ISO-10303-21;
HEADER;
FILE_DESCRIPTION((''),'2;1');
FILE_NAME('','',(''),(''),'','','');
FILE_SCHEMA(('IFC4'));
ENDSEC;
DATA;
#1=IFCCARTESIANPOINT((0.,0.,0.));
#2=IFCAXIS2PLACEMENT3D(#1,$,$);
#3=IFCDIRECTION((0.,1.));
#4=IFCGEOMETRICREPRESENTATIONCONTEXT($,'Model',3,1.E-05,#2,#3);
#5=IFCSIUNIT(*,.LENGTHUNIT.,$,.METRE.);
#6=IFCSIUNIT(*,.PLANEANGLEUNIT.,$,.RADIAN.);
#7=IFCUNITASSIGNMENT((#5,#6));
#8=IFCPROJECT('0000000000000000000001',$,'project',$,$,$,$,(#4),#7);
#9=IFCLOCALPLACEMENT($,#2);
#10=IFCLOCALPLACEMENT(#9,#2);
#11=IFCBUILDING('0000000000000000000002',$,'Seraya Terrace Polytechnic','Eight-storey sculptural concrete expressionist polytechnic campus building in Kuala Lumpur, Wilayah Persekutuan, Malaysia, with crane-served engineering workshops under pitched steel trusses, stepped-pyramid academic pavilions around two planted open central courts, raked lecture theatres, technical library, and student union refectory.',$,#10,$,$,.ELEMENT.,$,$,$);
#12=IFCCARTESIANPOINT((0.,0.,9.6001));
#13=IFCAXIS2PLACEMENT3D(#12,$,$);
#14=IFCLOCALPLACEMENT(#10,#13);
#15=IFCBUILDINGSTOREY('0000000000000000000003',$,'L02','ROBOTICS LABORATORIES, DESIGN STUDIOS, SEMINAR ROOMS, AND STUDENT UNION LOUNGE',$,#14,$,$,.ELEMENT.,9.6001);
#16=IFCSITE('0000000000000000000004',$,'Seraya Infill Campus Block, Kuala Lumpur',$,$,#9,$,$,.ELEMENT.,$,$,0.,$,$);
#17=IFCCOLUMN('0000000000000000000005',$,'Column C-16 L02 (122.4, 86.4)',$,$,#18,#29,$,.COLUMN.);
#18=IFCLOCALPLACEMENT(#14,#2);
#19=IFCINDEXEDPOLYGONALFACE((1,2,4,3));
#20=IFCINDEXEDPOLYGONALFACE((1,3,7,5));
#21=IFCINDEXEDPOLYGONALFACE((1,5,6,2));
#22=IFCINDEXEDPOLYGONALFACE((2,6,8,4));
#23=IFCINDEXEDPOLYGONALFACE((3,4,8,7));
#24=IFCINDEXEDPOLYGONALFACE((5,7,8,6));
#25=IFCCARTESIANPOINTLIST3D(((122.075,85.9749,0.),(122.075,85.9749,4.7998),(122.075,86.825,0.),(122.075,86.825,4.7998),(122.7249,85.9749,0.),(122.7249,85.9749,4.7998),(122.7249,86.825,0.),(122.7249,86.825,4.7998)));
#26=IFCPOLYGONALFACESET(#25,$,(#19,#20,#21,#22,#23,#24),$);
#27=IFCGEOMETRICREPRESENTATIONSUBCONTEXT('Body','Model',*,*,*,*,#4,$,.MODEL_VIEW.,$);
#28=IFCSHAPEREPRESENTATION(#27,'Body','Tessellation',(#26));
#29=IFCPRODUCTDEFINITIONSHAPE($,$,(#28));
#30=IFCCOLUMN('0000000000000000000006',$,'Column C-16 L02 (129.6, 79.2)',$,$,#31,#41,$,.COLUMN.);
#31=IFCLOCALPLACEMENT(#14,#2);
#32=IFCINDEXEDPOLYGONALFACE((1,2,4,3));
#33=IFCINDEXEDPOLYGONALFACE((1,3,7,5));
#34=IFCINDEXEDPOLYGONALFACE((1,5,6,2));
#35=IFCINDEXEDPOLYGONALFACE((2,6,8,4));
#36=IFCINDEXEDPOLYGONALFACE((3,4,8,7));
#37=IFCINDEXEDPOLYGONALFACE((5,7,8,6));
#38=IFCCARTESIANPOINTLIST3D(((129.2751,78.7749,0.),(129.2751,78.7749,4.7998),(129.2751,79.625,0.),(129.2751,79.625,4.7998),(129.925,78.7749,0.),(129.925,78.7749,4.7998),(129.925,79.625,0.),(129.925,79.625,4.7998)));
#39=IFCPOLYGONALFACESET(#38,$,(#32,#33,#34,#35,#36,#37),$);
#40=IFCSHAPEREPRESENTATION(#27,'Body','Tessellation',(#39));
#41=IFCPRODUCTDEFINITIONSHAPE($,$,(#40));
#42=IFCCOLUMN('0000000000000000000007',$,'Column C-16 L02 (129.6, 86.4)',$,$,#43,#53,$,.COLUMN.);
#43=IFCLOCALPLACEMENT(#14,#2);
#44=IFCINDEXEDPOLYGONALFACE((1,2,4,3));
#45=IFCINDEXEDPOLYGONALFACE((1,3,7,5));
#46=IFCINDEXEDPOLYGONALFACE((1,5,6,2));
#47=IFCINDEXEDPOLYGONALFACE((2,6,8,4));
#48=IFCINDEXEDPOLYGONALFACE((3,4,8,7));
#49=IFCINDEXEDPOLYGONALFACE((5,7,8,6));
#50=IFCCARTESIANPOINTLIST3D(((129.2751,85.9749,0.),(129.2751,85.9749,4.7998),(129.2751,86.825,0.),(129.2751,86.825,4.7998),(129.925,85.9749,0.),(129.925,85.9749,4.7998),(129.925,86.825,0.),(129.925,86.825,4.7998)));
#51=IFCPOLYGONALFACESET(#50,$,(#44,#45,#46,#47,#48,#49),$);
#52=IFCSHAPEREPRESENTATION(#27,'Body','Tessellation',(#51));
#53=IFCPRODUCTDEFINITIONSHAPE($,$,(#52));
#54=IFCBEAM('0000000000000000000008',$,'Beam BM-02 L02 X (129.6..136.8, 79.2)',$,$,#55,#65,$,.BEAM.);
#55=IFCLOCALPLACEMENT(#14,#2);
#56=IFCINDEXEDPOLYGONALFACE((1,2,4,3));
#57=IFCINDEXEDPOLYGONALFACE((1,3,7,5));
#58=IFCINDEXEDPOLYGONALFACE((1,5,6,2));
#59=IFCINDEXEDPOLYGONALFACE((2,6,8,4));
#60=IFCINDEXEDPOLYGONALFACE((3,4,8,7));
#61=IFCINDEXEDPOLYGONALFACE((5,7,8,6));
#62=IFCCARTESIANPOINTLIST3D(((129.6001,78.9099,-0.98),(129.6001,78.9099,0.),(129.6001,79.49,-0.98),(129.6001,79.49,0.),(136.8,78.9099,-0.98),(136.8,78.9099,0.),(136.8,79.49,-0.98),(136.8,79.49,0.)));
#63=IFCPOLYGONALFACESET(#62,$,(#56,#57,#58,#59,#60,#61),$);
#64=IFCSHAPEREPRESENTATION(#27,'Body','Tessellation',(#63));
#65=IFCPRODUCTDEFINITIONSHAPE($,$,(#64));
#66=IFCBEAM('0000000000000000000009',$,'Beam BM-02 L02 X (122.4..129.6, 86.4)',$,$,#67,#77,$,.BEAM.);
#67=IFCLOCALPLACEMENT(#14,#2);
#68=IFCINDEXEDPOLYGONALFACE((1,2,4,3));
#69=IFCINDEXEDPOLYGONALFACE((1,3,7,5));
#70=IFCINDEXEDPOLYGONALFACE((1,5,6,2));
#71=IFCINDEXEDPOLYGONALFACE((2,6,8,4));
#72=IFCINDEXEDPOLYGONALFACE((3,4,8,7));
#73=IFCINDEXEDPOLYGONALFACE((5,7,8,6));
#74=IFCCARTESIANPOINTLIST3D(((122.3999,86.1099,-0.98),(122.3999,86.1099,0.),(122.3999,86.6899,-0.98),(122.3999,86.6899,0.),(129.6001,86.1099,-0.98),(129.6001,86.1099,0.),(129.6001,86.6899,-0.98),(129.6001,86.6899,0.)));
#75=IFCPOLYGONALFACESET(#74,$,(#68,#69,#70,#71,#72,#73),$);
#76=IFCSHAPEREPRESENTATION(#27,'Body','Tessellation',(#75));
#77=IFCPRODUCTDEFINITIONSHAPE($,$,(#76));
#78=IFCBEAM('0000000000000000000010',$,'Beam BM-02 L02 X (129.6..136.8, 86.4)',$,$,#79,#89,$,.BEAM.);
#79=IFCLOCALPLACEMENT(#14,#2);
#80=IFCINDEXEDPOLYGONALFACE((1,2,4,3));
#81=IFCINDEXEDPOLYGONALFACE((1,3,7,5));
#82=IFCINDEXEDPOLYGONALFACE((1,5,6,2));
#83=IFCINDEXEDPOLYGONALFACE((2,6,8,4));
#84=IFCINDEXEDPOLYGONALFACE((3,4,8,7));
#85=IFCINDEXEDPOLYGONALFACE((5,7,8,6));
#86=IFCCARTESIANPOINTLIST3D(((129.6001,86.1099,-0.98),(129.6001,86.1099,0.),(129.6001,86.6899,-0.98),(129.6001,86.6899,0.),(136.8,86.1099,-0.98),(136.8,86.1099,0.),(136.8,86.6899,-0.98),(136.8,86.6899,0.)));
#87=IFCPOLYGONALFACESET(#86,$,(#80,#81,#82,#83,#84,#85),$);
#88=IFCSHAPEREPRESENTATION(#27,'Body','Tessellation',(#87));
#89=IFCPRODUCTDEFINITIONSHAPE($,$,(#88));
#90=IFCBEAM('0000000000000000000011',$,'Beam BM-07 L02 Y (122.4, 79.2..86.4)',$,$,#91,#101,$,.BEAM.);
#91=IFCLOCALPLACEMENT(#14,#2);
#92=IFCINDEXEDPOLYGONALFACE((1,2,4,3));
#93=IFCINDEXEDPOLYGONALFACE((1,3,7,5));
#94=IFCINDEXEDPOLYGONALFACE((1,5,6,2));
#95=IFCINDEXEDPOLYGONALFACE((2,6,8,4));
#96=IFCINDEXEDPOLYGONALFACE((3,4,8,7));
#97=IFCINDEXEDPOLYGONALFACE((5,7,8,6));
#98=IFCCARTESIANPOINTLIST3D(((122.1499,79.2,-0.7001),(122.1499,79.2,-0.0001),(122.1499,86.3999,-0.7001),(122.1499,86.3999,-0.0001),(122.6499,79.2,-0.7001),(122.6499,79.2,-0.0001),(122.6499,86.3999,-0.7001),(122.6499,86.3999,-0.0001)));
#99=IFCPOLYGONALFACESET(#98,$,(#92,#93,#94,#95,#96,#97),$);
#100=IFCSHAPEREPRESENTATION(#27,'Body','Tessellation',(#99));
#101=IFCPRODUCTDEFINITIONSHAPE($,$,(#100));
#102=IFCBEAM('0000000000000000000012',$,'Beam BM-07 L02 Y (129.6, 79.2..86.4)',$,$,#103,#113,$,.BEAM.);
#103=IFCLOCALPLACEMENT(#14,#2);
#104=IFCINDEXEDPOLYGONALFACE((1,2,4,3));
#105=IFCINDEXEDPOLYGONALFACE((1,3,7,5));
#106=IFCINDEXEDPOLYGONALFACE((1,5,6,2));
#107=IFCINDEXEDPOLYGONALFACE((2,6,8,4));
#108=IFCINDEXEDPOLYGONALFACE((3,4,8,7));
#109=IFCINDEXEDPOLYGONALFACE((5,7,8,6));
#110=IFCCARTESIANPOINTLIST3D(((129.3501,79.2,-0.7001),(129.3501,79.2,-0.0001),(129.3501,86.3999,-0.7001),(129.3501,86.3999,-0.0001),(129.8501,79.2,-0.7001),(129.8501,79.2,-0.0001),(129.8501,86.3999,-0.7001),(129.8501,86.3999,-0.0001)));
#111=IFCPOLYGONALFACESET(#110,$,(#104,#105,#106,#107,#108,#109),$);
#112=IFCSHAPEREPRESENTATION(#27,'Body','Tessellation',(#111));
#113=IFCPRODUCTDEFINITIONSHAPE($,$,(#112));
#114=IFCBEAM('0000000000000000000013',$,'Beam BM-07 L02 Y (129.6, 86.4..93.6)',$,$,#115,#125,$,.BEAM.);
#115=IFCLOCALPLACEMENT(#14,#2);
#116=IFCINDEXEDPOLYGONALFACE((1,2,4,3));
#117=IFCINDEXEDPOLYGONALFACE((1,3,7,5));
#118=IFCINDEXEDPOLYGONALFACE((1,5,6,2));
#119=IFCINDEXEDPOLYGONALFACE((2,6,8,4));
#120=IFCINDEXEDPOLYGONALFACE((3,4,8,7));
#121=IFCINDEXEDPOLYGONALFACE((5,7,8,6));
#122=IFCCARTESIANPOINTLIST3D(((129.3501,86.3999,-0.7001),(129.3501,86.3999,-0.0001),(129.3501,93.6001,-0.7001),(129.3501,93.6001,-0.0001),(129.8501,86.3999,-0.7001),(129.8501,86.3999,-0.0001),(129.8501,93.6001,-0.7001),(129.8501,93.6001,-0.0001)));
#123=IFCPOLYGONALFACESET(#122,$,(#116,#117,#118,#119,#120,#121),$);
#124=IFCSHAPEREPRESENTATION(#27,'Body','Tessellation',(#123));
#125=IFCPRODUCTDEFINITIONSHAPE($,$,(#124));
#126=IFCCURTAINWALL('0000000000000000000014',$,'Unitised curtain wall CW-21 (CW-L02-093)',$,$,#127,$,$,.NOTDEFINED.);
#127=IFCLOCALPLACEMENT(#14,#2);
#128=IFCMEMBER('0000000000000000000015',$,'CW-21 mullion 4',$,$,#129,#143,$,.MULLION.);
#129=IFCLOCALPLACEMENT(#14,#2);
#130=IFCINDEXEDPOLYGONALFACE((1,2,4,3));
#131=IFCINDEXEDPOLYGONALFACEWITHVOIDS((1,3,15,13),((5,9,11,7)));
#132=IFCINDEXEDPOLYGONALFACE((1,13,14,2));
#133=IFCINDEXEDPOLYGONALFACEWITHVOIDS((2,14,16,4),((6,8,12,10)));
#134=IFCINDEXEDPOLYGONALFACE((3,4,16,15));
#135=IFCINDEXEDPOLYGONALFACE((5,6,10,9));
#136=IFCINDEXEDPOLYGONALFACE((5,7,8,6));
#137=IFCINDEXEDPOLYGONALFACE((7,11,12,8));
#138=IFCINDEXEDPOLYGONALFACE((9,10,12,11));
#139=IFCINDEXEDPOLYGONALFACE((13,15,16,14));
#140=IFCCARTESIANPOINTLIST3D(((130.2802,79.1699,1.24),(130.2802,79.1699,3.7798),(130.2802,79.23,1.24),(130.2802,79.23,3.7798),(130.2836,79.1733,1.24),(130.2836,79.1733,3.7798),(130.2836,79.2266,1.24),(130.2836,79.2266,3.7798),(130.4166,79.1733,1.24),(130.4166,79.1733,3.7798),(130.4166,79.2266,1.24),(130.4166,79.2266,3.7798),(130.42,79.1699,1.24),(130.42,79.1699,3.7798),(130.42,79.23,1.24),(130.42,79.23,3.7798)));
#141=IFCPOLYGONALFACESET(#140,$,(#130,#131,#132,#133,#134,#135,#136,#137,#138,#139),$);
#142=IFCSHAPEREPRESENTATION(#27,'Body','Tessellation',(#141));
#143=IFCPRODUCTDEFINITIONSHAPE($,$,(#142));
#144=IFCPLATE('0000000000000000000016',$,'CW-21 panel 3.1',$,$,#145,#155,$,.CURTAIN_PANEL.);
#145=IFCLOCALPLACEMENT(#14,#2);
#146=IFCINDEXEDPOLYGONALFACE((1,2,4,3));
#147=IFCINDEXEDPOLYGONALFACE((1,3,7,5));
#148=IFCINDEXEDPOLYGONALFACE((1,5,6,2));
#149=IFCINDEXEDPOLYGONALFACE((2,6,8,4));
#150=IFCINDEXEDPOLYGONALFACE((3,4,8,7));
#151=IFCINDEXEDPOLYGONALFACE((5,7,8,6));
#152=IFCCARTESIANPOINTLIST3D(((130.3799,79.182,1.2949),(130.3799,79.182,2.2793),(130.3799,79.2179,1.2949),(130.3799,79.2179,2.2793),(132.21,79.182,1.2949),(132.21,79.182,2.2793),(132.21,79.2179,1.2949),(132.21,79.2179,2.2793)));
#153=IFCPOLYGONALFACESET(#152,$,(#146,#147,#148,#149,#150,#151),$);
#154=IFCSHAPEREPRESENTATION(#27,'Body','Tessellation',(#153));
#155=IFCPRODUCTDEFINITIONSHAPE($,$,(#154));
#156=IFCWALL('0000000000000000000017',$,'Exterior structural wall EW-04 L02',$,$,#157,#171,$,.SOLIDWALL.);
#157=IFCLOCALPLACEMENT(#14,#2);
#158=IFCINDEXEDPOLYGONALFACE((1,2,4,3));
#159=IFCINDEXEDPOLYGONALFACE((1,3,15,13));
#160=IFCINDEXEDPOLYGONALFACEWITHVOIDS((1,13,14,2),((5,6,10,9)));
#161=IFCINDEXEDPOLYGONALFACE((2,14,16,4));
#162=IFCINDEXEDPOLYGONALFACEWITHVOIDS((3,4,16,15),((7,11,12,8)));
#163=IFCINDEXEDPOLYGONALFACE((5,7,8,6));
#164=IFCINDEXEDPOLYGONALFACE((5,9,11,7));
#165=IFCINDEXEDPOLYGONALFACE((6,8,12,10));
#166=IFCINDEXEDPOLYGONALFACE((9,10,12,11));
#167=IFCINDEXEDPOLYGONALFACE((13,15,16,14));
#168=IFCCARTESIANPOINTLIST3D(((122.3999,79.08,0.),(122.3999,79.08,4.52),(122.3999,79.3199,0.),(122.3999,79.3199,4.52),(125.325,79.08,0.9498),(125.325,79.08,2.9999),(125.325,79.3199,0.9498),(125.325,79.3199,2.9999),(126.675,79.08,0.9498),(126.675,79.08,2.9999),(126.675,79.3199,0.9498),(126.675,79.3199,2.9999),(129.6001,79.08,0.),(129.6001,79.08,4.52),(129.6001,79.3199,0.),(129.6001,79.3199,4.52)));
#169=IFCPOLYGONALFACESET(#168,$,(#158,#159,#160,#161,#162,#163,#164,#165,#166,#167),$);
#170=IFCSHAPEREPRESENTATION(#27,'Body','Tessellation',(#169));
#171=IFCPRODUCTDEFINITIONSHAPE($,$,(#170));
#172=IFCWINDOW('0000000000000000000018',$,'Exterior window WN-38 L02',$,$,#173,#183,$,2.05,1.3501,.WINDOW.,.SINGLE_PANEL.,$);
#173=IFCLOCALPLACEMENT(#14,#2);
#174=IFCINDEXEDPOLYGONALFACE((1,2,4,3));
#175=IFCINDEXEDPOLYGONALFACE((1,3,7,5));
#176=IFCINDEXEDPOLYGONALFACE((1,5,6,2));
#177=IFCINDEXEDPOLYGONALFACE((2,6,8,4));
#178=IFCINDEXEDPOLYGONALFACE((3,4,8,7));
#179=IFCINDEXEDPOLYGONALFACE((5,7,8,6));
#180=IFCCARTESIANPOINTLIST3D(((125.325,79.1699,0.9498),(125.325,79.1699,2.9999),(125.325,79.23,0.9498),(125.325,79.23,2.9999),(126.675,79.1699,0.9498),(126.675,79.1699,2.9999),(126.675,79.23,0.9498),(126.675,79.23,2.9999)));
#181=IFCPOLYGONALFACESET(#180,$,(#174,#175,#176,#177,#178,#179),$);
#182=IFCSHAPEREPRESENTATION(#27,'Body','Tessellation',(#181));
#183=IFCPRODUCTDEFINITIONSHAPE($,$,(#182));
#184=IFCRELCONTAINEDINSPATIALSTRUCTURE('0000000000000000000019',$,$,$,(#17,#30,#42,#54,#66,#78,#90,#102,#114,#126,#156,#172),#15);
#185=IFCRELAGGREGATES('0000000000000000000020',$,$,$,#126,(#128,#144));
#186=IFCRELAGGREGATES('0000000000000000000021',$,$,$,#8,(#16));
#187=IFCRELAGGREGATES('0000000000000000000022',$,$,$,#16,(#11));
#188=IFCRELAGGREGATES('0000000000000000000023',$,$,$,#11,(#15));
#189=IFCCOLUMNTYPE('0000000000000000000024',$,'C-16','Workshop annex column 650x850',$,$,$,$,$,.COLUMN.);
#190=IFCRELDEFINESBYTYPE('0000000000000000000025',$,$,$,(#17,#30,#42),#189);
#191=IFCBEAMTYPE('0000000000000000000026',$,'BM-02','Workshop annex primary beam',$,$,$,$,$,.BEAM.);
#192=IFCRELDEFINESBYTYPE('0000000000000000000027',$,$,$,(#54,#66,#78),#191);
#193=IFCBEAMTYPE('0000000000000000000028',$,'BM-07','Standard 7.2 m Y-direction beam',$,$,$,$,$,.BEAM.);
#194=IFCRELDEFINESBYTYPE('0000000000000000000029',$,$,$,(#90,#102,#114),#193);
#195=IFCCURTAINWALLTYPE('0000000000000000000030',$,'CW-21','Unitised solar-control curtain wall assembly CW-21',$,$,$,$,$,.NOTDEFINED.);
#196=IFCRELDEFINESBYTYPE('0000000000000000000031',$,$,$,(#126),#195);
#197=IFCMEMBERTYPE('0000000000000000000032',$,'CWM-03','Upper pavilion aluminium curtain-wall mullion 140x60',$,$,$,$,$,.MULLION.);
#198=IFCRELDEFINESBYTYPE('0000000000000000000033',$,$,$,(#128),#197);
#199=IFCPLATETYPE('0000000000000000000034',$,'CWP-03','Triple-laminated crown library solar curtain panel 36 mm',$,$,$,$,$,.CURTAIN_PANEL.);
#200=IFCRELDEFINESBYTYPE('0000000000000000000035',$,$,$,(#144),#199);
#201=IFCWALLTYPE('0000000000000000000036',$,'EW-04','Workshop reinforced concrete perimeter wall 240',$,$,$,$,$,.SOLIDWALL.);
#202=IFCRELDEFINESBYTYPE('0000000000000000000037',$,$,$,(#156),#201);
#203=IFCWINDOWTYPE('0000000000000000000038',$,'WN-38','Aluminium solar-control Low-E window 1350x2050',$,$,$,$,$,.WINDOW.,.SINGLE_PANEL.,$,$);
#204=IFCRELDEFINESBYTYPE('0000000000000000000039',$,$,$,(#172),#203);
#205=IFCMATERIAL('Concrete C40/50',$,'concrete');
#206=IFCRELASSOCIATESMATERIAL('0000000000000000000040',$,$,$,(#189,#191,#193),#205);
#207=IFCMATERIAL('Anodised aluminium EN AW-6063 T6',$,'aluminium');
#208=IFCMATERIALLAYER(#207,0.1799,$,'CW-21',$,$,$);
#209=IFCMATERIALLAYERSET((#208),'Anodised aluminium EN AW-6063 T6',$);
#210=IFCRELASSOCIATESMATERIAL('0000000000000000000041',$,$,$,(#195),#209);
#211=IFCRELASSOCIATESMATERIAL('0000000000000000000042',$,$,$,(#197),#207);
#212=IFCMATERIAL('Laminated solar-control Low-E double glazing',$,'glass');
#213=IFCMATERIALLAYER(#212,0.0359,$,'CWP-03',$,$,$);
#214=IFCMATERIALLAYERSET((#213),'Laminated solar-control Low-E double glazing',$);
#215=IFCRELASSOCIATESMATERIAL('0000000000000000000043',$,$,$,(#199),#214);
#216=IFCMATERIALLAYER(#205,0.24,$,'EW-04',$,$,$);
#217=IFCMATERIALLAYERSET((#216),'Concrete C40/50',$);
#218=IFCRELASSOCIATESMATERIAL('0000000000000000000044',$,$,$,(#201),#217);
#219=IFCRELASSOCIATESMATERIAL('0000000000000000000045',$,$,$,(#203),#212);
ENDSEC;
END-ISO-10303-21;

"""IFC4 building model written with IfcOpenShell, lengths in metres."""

from ifc_helpers import new_model, si_unit, direction, frame, frame_2d, origin, origin_2d, place, context, subcontext, project, spatial, rectangle, hollow_rectangle, extrude, material, layer, layer_set, material_profile, profile_set, type_object, element, fill, aggregate, save


model = new_model("IFC4")

# Units and contexts
model_context = context("Model", 3, precision=1e-05, world=origin(), true_north=direction((0.0, 1.0)))
body_context = subcontext(model_context, "Body", "Model", "MODEL_VIEW")
ifc_project = project(units=[si_unit("LENGTHUNIT", "METRE"), si_unit("PLANEANGLEUNIT", "RADIAN")], contexts=[model_context])

# Site, building, storey
site_placement = place(None, origin())
site = spatial("IfcSite", under=ifc_project, at=site_placement, Name="Seraya Infill Campus Block, Kuala Lumpur", CompositionType="ELEMENT", RefElevation=0.0)
building_placement = place(site_placement, origin())
building = spatial("IfcBuilding", under=site, at=building_placement, Name="Seraya Terrace Polytechnic", Description="Eight-storey sculptural concrete expressionist polytechnic campus building in Kuala Lumpur, Wilayah Persekutuan, Malaysia, with crane-served engineering workshops under pitched steel trusses, stepped-pyramid academic pavilions around two planted open central courts, raked lecture theatres, technical library, and student union refectory.", CompositionType="ELEMENT")
storey_placement = place(building_placement, frame((0.0, 0.0, 9.6001)))
storey = spatial("IfcBuildingStorey", under=building, at=storey_placement, Name="L02", Description="ROBOTICS LABORATORIES, DESIGN STUDIOS, SEMINAR ROOMS, AND STUDENT UNION LOUNGE", CompositionType="ELEMENT", Elevation=9.6001)

# Columns
ifc_material_1 = material(Name="Concrete C40/50", Category="concrete")
ifc_material_profile_1 = material_profile(ifc_material_1, rectangle(XDim=0.6499, YDim=0.8501, at=origin_2d()), Name="RC 650x850")
ifc_profile_set_1 = profile_set([ifc_material_profile_1], Name="Concrete C40/50")
column_type = type_object("IfcColumnType", Name="C-16", Description="Workshop annex column 650x850", PredefinedType="COLUMN", material=ifc_profile_set_1)
for number, where, z_axis, x_axis, name in (
    (1, (122.3999, 86.3999, 0.0), (0.0, 0.0, 1.0), (1.0, 0.0, 0.0), "Column C-16 L02 (122.4, 86.4)"),
    (2, (129.6001, 79.2, 0.0), (0.0, 0.0, 1.0), (1.0, 0.0, 0.0), "Column C-16 L02 (129.6, 79.2)"),
    (3, (129.6001, 86.3999, 0.0), (0.0, 0.0, 1.0), (1.0, 0.0, 0.0), "Column C-16 L02 (129.6, 86.4)"),
):
    element("IfcColumn", number, at=place(storey_placement, frame(where, z_axis=z_axis, x_axis=x_axis)), inside=storey, type_object=column_type, Name=name, PredefinedType="COLUMN", context=body_context, shape_type="SweptSolid", body=[
        extrude(rectangle(XDim=0.6499, YDim=0.8501, at=origin_2d()), origin(), (0.0, 0.0, 1.0), 4.7998),
    ])

# Beams
ifc_material_profile_2 = material_profile(ifc_material_1, rectangle(XDim=0.5801, YDim=0.98, at=origin_2d()), Name="RC 580x980")
ifc_profile_set_2 = profile_set([ifc_material_profile_2], Name="Concrete C40/50")
beam_type_1 = type_object("IfcBeamType", Name="BM-02", Description="Workshop annex primary beam", PredefinedType="BEAM", material=ifc_profile_set_2)
beam_1_placement = place(storey_placement, frame((129.6001, 79.2, -0.49), z_axis=(1.0, 0.0, 0.0), x_axis=(0.0, 1.0, 0.0)))
element("IfcBeam", 4, at=beam_1_placement, inside=storey, type_object=beam_type_1, Name="Beam BM-02 L02 X (129.6..136.8, 79.2)", PredefinedType="BEAM", context=body_context, shape_type="SweptSolid", body=[
    extrude(rectangle(XDim=0.5801, YDim=0.98, at=origin_2d()), origin(), (0.0, 0.0, 1.0), 7.2),
])
beam_2_placement = place(storey_placement, frame((122.3999, 86.3999, -0.49), z_axis=(1.0, 0.0, 0.0), x_axis=(0.0, 1.0, 0.0)))
element("IfcBeam", 5, at=beam_2_placement, inside=storey, type_object=beam_type_1, Name="Beam BM-02 L02 X (122.4..129.6, 86.4)", PredefinedType="BEAM", context=body_context, shape_type="SweptSolid", body=[
    extrude(rectangle(XDim=0.5801, YDim=0.98, at=origin_2d()), origin(), (0.0, 0.0, 1.0), 7.2002),
])
beam_3_placement = place(storey_placement, frame((129.6001, 86.3999, -0.49), z_axis=(1.0, 0.0, 0.0), x_axis=(0.0, 1.0, 0.0)))
element("IfcBeam", 6, at=beam_3_placement, inside=storey, type_object=beam_type_1, Name="Beam BM-02 L02 X (129.6..136.8, 86.4)", PredefinedType="BEAM", context=body_context, shape_type="SweptSolid", body=[
    extrude(rectangle(XDim=0.5801, YDim=0.98, at=origin_2d()), origin(), (0.0, 0.0, 1.0), 7.2),
])
ifc_material_profile_3 = material_profile(ifc_material_1, rectangle(XDim=0.5, YDim=0.7, at=origin_2d()), Name="RC 500x700")
ifc_profile_set_3 = profile_set([ifc_material_profile_3], Name="Concrete C40/50")
beam_type_2 = type_object("IfcBeamType", Name="BM-07", Description="Standard 7.2 m Y-direction beam", PredefinedType="BEAM", material=ifc_profile_set_3)
for number, where, z_axis, x_axis, name in (
    (7, (122.3999, 79.2, -0.3501), (0.0, 1.0, 0.0), (-1.0, 0.0, 0.0), "Beam BM-07 L02 Y (122.4, 79.2..86.4)"),
    (8, (129.6001, 79.2, -0.3501), (0.0, 1.0, 0.0), (-1.0, 0.0, 0.0), "Beam BM-07 L02 Y (129.6, 79.2..86.4)"),
):
    element("IfcBeam", number, at=place(storey_placement, frame(where, z_axis=z_axis, x_axis=x_axis)), inside=storey, type_object=beam_type_2, Name=name, PredefinedType="BEAM", context=body_context, shape_type="SweptSolid", body=[
        extrude(rectangle(XDim=0.5, YDim=0.7, at=origin_2d()), origin(), (0.0, 0.0, 1.0), 7.2),
    ])
beam_4_placement = place(storey_placement, frame((129.6001, 86.3999, -0.3501), z_axis=(0.0, 1.0, 0.0), x_axis=(-1.0, 0.0, 0.0)))
element("IfcBeam", 9, at=beam_4_placement, inside=storey, type_object=beam_type_2, Name="Beam BM-07 L02 Y (129.6, 86.4..93.6)", PredefinedType="BEAM", context=body_context, shape_type="SweptSolid", body=[
    extrude(rectangle(XDim=0.5, YDim=0.7, at=origin_2d()), origin(), (0.0, 0.0, 1.0), 7.2002),
])

# Curtain wall, member, plate
ifc_material_2 = material(Name="Anodised aluminium EN AW-6063 T6", Category="aluminium")
ifc_layer_1 = layer(ifc_material_2, 0.1799, Name="CW-21")
ifc_layer_set_1 = layer_set([ifc_layer_1], Name="Anodised aluminium EN AW-6063 T6")
curtain_wall_type = type_object("IfcCurtainWallType", Name="CW-21", Description="Unitised solar-control curtain wall assembly CW-21", PredefinedType="NOTDEFINED", material=ifc_layer_set_1)
curtain_wall_placement = place(storey_placement, origin())
curtain_wall = element("IfcCurtainWall", 10, at=curtain_wall_placement, inside=storey, type_object=curtain_wall_type, Name="Unitised curtain wall CW-21 (CW-L02-093)", PredefinedType="NOTDEFINED")
ifc_material_profile_4 = material_profile(ifc_material_2, hollow_rectangle(XDim=0.0601, YDim=0.1399, WallThickness=0.0034, at=origin_2d()), Name="RHS 140x60x3.5")
ifc_profile_set_4 = profile_set([ifc_material_profile_4], Name="Anodised aluminium EN AW-6063 T6")
member_type = type_object("IfcMemberType", Name="CWM-03", Description="Upper pavilion aluminium curtain-wall mullion 140x60", PredefinedType="MULLION", material=ifc_profile_set_4)
member_placement = place(storey_placement, frame((130.3501, 79.2, 1.24), z_axis=(0.0, 0.0, 1.0), x_axis=(0.0, -1.0, 0.0)))
member = element("IfcMember", 11, at=member_placement, type_object=member_type, Name="CW-21 mullion 4", PredefinedType="MULLION", context=body_context, shape_type="SweptSolid", body=[
    extrude(hollow_rectangle(XDim=0.0601, YDim=0.1399, WallThickness=0.0034, at=origin_2d()), origin(), (0.0, 0.0, 1.0), 2.5398),
])
ifc_material_3 = material(Name="Laminated solar-control Low-E double glazing", Category="glass")
ifc_layer_2 = layer(ifc_material_3, 0.0359, Name="CWP-03")
ifc_layer_set_2 = layer_set([ifc_layer_2], Name="Laminated solar-control Low-E double glazing")
plate_type = type_object("IfcPlateType", Name="CWP-03", Description="Triple-laminated crown library solar curtain panel 36 mm", PredefinedType="CURTAIN_PANEL", material=ifc_layer_set_2)
plate_placement = place(storey_placement, frame((131.2949, 79.2, 1.2949), z_axis=(0.0, 0.0, 1.0), x_axis=(-1.0, 0.0, 0.0)))
plate = element("IfcPlate", 12, at=plate_placement, type_object=plate_type, Name="CW-21 panel 3.1", PredefinedType="CURTAIN_PANEL", context=body_context, shape_type="SweptSolid", body=[
    extrude(rectangle(XDim=1.8301, YDim=0.0359, at=origin_2d()), origin(), (0.0, 0.0, 1.0), 0.9844),
])
aggregate(curtain_wall, [member, plate])

# Wall, opening, window
ifc_layer_3 = layer(ifc_material_1, 0.24, Name="EW-04")
ifc_layer_set_3 = layer_set([ifc_layer_3], Name="Concrete C40/50")
wall_type_1 = type_object("IfcWallType", Name="EW-04", Description="Workshop reinforced concrete perimeter wall 240", PredefinedType="SOLIDWALL", material=ifc_layer_set_3)
wall_1_placement = place(storey_placement, frame((129.6001, 79.2, 0.0), z_axis=(0.0, 0.0, 1.0), x_axis=(-1.0, 0.0, 0.0)))
wall_1 = element("IfcWall", 13, at=wall_1_placement, inside=storey, type_object=wall_type_1, Name="Exterior structural wall EW-04 L02", PredefinedType="SOLIDWALL", context=body_context, shape_type="SweptSolid", body=[
    extrude(rectangle(XDim=7.2002, YDim=0.24, at=frame_2d((3.6001, 0.0))), origin(), (0.0, 0.0, 1.0), 4.52),
])
opening_1_placement = place(wall_1_placement, frame((2.925, 0.0, 0.95)))
opening_1 = element("IfcOpeningElement", 14, at=opening_1_placement, cuts=wall_1, PredefinedType="OPENING", context=body_context, shape_type="SweptSolid", body=[
    extrude(rectangle(XDim=1.3501, YDim=2.05, at=frame_2d((0.675, 1.0249))), frame((0.0, 0.1318, 0.0), z_axis=(0.0, -1.0, 0.0), x_axis=(1.0, 0.0, 0.0)), (0.0, 0.0, 1.0), 0.2639),
])
window_type_1 = type_object("IfcWindowType", Name="WN-38", Description="Aluminium solar-control Low-E window 1350x2050", PartitioningType="SINGLE_PANEL", PredefinedType="WINDOW", material=ifc_material_3)
window_1_placement = place(opening_1_placement, origin())
window_1 = element("IfcWindow", 15, at=window_1_placement, inside=storey, type_object=window_type_1, Name="Exterior window WN-38 L02", OverallHeight=2.05, OverallWidth=1.3501, PartitioningType="SINGLE_PANEL", PredefinedType="WINDOW", context=body_context, shape_type="SweptSolid", body=[
    extrude(rectangle(XDim=1.3501, YDim=2.05, at=frame_2d((0.675, 1.0249))), frame((0.0, 0.03, 0.0), z_axis=(0.0, -1.0, 0.0), x_axis=(1.0, 0.0, 0.0)), (0.0, 0.0, 1.0), 0.0601),
])
fill(opening_1, window_1)

save(model, "model.ifc")
